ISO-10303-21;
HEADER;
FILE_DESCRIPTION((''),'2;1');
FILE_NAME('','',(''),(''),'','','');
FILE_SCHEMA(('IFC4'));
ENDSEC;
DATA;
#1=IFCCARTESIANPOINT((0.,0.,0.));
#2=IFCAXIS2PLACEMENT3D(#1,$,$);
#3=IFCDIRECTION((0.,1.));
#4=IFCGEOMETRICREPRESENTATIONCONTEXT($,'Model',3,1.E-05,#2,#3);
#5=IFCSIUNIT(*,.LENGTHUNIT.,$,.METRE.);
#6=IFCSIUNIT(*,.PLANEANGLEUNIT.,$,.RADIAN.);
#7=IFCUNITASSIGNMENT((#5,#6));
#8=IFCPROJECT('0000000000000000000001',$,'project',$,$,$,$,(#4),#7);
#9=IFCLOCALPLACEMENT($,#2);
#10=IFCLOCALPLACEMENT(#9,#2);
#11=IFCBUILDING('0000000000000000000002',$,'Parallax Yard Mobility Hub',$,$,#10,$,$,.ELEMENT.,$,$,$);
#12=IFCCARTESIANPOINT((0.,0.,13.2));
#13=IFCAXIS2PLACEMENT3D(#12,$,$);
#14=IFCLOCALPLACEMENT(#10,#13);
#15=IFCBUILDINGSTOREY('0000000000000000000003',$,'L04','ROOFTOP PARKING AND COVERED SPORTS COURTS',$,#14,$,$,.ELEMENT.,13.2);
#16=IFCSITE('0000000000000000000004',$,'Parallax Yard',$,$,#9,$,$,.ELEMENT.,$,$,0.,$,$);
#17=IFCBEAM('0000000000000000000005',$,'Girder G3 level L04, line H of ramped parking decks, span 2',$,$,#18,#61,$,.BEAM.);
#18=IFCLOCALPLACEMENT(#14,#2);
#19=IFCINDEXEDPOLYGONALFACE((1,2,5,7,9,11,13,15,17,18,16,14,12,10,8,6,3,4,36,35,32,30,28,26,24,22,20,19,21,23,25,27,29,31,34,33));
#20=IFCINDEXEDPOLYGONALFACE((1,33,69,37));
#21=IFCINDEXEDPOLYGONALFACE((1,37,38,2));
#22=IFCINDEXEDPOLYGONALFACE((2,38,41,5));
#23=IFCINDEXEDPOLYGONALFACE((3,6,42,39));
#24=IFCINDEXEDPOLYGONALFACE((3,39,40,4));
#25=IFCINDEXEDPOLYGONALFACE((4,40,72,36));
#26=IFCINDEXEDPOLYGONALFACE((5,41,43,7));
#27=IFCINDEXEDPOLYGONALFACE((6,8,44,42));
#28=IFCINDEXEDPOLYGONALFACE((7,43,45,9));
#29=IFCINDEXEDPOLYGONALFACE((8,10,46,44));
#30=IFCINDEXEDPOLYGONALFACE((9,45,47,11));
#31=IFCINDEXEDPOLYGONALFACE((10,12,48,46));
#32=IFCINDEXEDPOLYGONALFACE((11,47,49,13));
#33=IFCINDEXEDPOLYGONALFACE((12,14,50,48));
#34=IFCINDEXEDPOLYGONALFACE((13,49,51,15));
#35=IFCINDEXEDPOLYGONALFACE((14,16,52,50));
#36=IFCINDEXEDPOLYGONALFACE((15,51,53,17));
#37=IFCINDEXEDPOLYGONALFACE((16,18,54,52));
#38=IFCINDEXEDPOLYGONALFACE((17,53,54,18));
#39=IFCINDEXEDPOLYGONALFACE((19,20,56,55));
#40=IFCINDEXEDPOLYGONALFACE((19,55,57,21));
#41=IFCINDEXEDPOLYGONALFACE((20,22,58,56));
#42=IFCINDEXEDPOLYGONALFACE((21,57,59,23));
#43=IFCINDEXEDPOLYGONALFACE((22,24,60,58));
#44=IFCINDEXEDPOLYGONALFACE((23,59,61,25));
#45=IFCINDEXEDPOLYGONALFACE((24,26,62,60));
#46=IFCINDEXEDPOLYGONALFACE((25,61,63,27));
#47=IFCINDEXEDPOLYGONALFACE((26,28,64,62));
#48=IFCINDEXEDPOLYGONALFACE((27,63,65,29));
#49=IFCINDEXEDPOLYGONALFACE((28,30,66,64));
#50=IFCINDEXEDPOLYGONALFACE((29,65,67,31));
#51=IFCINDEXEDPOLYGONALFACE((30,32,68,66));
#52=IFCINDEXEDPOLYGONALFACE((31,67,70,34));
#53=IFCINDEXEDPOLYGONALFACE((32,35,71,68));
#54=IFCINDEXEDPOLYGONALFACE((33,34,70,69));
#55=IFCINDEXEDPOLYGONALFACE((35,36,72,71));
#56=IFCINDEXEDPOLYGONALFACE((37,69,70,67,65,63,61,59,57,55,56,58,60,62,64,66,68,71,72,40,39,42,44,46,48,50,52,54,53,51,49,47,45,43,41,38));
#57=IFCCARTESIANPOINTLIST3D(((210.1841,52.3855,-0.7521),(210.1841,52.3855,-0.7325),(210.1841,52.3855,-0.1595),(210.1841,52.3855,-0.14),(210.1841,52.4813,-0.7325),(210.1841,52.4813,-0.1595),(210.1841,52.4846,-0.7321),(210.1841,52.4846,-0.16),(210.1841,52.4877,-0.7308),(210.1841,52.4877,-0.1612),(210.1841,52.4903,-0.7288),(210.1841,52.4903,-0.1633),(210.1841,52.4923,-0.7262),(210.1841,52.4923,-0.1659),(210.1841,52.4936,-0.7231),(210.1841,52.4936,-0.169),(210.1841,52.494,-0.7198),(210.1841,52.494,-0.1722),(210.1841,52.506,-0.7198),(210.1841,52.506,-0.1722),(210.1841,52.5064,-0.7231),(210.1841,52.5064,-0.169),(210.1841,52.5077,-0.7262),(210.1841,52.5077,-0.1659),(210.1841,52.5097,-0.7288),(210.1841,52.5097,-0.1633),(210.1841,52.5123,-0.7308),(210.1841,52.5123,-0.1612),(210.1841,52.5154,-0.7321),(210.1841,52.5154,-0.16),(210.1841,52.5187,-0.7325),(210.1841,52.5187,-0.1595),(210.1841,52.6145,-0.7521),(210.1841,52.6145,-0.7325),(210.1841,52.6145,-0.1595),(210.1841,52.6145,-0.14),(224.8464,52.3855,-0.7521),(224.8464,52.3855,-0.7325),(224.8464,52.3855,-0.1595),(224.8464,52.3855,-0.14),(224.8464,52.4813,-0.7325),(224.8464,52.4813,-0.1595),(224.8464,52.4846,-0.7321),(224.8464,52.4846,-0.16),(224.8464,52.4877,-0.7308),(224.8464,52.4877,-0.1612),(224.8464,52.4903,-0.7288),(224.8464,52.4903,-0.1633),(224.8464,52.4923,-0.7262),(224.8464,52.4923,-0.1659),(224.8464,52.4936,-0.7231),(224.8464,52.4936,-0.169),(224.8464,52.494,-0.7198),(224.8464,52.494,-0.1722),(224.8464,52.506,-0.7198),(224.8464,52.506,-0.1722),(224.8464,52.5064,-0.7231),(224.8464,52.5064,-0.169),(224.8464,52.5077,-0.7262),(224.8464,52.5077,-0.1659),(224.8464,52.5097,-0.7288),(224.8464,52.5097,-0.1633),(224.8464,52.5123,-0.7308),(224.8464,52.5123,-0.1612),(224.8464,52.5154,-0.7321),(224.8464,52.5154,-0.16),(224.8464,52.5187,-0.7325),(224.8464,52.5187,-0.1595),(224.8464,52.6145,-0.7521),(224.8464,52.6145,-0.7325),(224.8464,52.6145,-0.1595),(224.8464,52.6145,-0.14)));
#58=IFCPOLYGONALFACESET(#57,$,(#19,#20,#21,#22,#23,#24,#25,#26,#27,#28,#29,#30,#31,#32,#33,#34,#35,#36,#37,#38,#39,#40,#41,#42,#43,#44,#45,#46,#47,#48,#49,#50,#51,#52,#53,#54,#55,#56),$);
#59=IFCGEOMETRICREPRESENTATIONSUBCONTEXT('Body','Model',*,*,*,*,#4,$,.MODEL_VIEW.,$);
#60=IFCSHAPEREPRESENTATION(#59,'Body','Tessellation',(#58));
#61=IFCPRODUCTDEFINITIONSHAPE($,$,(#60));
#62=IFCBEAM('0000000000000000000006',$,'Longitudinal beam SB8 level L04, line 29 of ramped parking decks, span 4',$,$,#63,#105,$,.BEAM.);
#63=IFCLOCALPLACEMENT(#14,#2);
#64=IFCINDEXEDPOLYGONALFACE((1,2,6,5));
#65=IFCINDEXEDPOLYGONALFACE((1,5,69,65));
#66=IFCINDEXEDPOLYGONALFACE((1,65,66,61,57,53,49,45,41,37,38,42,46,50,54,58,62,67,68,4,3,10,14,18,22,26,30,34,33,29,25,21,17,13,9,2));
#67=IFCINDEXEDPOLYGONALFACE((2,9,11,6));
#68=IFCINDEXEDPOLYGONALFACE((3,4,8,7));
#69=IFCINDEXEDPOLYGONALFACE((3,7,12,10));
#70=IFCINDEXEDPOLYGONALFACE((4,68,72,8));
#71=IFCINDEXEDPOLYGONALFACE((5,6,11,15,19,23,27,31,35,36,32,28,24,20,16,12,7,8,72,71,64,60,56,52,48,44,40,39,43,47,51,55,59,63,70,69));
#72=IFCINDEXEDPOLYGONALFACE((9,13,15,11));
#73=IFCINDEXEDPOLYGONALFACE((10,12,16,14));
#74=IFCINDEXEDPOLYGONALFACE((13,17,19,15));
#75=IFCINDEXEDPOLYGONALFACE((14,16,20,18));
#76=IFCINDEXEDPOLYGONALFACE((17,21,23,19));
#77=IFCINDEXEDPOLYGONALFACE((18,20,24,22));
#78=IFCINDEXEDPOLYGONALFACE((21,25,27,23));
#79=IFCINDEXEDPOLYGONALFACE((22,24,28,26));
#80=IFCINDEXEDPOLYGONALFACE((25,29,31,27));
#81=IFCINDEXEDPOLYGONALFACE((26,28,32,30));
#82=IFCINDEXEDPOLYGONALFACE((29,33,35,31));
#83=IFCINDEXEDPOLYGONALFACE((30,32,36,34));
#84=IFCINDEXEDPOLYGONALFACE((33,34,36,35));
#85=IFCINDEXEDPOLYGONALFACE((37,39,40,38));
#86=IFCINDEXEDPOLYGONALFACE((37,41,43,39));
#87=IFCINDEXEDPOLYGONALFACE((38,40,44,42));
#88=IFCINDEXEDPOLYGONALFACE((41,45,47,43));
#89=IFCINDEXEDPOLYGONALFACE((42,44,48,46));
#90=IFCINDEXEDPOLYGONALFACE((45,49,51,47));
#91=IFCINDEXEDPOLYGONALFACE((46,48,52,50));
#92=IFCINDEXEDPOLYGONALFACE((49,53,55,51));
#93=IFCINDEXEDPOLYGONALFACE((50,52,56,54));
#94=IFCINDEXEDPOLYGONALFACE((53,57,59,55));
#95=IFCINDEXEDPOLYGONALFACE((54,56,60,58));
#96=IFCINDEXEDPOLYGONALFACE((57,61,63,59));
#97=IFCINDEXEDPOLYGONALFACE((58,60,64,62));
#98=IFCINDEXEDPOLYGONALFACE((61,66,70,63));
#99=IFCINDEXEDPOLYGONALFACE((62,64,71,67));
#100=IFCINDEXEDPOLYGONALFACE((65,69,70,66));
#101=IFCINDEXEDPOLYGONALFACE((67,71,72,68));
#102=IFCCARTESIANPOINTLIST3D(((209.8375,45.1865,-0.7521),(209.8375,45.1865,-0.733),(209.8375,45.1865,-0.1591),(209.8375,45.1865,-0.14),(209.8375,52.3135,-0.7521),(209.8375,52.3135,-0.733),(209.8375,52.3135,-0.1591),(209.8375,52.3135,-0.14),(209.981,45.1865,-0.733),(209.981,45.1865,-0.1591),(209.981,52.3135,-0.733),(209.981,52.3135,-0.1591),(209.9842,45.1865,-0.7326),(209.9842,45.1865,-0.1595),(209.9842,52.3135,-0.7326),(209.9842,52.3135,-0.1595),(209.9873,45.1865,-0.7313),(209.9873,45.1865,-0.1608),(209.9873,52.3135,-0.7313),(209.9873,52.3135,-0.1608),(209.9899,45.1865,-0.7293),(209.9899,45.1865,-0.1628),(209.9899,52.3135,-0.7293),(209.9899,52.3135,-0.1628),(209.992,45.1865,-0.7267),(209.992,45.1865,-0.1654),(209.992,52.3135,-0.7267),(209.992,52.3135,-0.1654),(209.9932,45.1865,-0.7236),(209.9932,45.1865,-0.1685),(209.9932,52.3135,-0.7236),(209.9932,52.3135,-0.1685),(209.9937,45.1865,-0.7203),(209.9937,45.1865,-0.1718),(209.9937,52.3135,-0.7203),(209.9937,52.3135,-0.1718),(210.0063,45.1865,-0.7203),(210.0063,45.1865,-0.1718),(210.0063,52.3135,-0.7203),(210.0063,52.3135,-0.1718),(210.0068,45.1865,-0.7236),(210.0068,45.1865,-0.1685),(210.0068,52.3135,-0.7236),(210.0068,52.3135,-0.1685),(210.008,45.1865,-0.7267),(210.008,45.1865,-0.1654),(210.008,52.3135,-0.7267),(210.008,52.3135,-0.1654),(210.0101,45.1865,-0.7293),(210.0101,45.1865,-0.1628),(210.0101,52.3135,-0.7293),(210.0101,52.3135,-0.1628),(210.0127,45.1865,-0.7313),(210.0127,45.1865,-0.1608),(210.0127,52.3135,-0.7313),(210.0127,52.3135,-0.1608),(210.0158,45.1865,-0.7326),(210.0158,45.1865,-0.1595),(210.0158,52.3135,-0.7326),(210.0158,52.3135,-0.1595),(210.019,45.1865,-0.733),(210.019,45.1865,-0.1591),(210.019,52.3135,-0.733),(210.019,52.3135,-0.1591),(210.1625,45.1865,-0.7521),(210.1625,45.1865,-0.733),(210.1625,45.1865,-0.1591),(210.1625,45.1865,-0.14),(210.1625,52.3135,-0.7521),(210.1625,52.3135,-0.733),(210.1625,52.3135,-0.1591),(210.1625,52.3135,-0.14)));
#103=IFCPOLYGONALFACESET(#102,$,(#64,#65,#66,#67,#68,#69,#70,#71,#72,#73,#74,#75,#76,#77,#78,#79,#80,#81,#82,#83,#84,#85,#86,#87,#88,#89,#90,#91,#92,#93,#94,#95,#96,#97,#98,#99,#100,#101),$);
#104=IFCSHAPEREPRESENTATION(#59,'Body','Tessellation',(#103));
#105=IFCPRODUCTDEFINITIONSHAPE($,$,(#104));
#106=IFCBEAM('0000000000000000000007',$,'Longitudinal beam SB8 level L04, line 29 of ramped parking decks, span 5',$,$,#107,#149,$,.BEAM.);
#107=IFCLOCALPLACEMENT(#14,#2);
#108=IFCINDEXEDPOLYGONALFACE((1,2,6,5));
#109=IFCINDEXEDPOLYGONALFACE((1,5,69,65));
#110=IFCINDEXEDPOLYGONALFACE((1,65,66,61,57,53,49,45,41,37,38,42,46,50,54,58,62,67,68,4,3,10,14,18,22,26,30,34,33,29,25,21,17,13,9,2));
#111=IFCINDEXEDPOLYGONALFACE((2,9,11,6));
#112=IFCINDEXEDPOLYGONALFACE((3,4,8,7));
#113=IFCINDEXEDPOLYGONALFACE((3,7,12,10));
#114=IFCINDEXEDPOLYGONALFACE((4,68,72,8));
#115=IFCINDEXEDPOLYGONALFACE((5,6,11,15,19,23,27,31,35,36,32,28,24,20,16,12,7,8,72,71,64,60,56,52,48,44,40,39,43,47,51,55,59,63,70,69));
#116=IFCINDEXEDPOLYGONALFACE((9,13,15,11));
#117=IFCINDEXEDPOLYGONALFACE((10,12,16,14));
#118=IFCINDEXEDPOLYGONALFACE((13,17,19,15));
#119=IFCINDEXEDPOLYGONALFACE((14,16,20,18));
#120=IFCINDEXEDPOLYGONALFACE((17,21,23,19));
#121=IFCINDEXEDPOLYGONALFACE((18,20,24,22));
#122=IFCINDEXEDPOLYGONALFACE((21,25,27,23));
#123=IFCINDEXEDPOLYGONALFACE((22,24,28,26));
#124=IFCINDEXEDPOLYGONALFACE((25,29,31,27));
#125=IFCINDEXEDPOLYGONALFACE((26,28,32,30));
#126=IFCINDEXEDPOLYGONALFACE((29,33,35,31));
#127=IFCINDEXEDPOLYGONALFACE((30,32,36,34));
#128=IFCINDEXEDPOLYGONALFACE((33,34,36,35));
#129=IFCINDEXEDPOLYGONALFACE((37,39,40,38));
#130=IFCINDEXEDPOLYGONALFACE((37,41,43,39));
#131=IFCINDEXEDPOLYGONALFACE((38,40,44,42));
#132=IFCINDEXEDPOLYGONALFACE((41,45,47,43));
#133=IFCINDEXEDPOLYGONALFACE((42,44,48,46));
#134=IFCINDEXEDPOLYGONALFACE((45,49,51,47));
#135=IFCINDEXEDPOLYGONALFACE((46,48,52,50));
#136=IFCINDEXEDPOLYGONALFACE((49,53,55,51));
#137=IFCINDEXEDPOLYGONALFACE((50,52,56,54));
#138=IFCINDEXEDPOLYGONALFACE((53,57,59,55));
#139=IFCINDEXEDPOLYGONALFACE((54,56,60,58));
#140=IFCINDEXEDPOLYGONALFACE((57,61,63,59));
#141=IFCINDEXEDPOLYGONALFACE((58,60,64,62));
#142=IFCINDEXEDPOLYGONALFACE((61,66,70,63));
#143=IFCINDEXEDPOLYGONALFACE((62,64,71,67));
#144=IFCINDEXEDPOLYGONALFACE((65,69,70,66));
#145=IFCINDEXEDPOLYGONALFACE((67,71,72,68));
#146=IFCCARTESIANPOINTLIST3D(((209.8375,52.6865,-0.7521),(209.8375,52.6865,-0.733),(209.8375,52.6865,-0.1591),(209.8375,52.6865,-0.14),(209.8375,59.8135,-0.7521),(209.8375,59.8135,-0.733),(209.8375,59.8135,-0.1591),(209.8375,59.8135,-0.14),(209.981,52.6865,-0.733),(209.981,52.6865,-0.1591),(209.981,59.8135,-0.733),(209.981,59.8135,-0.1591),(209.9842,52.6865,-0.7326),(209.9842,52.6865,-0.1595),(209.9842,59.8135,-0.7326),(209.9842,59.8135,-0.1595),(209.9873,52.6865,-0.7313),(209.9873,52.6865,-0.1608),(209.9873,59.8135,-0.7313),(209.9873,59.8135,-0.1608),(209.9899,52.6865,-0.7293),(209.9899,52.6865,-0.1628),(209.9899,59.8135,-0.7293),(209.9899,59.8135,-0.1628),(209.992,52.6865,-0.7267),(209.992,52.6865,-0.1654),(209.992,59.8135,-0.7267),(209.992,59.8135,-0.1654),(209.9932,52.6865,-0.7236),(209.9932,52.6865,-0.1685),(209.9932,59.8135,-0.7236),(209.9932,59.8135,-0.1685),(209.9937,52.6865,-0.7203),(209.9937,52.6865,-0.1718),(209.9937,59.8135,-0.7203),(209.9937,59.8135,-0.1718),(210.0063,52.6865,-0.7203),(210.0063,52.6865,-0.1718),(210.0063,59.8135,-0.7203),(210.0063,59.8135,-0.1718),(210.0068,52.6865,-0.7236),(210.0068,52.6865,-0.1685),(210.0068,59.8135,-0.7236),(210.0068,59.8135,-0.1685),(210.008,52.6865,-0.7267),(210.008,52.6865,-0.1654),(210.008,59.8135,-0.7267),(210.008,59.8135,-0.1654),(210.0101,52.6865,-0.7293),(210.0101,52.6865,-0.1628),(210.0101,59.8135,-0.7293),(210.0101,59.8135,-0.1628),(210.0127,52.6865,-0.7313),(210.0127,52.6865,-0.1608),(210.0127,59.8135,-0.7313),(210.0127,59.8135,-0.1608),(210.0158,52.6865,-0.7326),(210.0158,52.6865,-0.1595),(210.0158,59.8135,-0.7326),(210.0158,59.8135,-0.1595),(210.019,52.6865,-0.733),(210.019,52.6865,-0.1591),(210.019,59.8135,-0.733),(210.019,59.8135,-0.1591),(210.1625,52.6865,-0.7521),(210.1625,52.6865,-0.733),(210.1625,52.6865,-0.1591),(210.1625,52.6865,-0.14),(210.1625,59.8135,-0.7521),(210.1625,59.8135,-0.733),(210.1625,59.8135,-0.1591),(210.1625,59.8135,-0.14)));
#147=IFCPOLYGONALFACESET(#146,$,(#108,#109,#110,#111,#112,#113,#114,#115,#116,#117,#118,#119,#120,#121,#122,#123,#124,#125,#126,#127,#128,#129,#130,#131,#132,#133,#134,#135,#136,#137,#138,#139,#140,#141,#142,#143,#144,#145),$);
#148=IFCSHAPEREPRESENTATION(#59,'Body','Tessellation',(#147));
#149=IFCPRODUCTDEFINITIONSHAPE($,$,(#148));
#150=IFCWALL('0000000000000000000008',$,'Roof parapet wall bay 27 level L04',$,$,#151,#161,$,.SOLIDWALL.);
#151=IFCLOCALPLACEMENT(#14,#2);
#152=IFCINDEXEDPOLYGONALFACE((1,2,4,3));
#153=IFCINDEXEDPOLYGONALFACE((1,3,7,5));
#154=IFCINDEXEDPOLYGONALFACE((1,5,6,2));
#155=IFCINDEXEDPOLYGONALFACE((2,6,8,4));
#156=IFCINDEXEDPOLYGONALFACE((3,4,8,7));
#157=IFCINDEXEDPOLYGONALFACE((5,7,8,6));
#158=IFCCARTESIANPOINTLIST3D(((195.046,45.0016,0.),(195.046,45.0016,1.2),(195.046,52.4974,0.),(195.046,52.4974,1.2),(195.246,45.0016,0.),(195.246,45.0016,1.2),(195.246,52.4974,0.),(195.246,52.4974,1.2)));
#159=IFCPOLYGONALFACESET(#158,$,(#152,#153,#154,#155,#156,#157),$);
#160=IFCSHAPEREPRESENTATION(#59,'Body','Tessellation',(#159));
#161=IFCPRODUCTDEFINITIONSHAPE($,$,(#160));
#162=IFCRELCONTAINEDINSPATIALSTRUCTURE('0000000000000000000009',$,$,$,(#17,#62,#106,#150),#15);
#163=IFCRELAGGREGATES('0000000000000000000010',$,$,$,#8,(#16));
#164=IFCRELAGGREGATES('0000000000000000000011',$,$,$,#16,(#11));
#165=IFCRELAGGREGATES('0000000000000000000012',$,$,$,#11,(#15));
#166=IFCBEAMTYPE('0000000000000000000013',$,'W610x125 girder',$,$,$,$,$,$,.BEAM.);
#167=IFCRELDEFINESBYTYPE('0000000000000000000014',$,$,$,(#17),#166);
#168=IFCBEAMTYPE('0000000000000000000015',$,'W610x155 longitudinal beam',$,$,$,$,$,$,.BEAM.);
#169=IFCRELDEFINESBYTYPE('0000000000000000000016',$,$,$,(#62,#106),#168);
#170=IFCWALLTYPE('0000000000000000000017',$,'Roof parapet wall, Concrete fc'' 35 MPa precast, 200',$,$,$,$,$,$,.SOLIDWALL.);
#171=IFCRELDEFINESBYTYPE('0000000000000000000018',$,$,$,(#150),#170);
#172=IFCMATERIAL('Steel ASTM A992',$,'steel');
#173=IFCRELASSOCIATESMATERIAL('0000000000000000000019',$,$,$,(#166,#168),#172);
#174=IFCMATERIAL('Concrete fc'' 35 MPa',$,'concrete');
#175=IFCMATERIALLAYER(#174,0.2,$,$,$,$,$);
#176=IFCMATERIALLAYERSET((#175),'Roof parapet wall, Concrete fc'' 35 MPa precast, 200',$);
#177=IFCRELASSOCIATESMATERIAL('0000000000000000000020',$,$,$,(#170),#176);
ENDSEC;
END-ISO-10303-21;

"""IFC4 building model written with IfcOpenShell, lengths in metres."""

from ifc_helpers import new_model, si_unit, direction, frame, frame_2d, origin, origin_2d, place, context, subcontext, project, spatial, rectangle, i_section, extrude, material, layer, layer_set, material_profile, profile_set, type_object, element, save


model = new_model("IFC4")

# Units and contexts
model_context = context("Model", 3, precision=1e-05, world=origin(), true_north=direction((0.0, 1.0)))
body_context = subcontext(model_context, "Body", "Model", "MODEL_VIEW")
ifc_project = project(units=[si_unit("LENGTHUNIT", "METRE"), si_unit("PLANEANGLEUNIT", "RADIAN")], contexts=[model_context])

# Site, building, storey
site_placement = place(None, origin())
site = spatial("IfcSite", under=ifc_project, at=site_placement, Name="Parallax Yard", CompositionType="ELEMENT", RefElevation=0.0)
building_placement = place(site_placement, origin())
building = spatial("IfcBuilding", under=site, at=building_placement, Name="Parallax Yard Mobility Hub", CompositionType="ELEMENT")
storey_placement = place(building_placement, frame((0.0, 0.0, 13.2)))
storey = spatial("IfcBuildingStorey", under=building, at=storey_placement, Name="L04", Description="ROOFTOP PARKING AND COVERED SPORTS COURTS", CompositionType="ELEMENT", Elevation=13.2)

# Shared definitions
ifc_material_1 = material(Name="Steel ASTM A992", Category="steel")

# Beams
ifc_material_profile_1 = material_profile(ifc_material_1, i_section(OverallWidth=0.229, OverallDepth=0.6121, WebThickness=0.012, FlangeThickness=0.0195, FilletRadius=0.0127, at=origin_2d()), Name="W610x125")
ifc_profile_set_1 = profile_set([ifc_material_profile_1], Name="Steel ASTM A992")
beam_type_1 = type_object("IfcBeamType", Name="W610x125 girder", PredefinedType="BEAM", material=ifc_profile_set_1)
for number, where, z_axis, x_axis, name in (
    (1, (210.1841, 52.5, -0.446), (1.0, 0.0, 0.0), (0.0, 1.0, 0.0), "Girder G3 level L04, line H of ramped parking decks, span 2"),
):
    element("IfcBeam", number, at=place(storey_placement, frame(where, z_axis=z_axis, x_axis=x_axis)), inside=storey, type_object=beam_type_1, Name=name, PredefinedType="BEAM", context=body_context, shape_type="SweptSolid", body=[
        extrude(i_section(OverallWidth=0.229, OverallDepth=0.6121, WebThickness=0.012, FlangeThickness=0.0195, FilletRadius=0.0127, at=origin_2d()), origin(), (0.0, 0.0, 1.0), 14.6624),
    ])
ifc_material_profile_2 = material_profile(ifc_material_1, i_section(OverallWidth=0.325, OverallDepth=0.6121, WebThickness=0.0127, FlangeThickness=0.019, FilletRadius=0.0127, at=origin_2d()), Name="W610x155")
ifc_profile_set_2 = profile_set([ifc_material_profile_2], Name="Steel ASTM A992")
beam_type_2 = type_object("IfcBeamType", Name="W610x155 longitudinal beam", PredefinedType="BEAM", material=ifc_profile_set_2)
for number, where, z_axis, x_axis, name in (
    (2, (210.0, 45.1865, -0.446), (0.0, 1.0, 0.0), (-1.0, 0.0, 0.0), "Longitudinal beam SB8 level L04, line 29 of ramped parking decks, span 4"),
    (3, (210.0, 52.6865, -0.446), (0.0, 1.0, 0.0), (-1.0, 0.0, 0.0), "Longitudinal beam SB8 level L04, line 29 of ramped parking decks, span 5"),
):
    element("IfcBeam", number, at=place(storey_placement, frame(where, z_axis=z_axis, x_axis=x_axis)), inside=storey, type_object=beam_type_2, Name=name, PredefinedType="BEAM", context=body_context, shape_type="SweptSolid", body=[
        extrude(i_section(OverallWidth=0.325, OverallDepth=0.6121, WebThickness=0.0127, FlangeThickness=0.019, FilletRadius=0.0127, at=origin_2d()), origin(), (0.0, 0.0, 1.0), 7.127),
    ])

# Wall
ifc_material_2 = material(Name="Concrete fc' 35 MPa", Category="concrete")
ifc_layer = layer(ifc_material_2, 0.2)
ifc_layer_set = layer_set([ifc_layer], Name="Roof parapet wall, Concrete fc' 35 MPa precast, 200")
wall_type = type_object("IfcWallType", Name="Roof parapet wall, Concrete fc' 35 MPa precast, 200", PredefinedType="SOLIDWALL", material=ifc_layer_set)
wall_placement = place(storey_placement, frame((195.146, 52.4976, 0.0), z_axis=(0.0, 0.0, 1.0), x_axis=(0.0, -1.0, 0.0)))
element("IfcWall", 4, at=wall_placement, inside=storey, type_object=wall_type, Name="Roof parapet wall bay 27 level L04", PredefinedType="SOLIDWALL", context=body_context, shape_type="SweptSolid", body=[
    extrude(rectangle(XDim=7.4958, YDim=0.2, at=frame_2d((3.748, 0.0))), origin(), (0.0, 0.0, 1.0), 1.2),
])

save(model, "model.ifc")
